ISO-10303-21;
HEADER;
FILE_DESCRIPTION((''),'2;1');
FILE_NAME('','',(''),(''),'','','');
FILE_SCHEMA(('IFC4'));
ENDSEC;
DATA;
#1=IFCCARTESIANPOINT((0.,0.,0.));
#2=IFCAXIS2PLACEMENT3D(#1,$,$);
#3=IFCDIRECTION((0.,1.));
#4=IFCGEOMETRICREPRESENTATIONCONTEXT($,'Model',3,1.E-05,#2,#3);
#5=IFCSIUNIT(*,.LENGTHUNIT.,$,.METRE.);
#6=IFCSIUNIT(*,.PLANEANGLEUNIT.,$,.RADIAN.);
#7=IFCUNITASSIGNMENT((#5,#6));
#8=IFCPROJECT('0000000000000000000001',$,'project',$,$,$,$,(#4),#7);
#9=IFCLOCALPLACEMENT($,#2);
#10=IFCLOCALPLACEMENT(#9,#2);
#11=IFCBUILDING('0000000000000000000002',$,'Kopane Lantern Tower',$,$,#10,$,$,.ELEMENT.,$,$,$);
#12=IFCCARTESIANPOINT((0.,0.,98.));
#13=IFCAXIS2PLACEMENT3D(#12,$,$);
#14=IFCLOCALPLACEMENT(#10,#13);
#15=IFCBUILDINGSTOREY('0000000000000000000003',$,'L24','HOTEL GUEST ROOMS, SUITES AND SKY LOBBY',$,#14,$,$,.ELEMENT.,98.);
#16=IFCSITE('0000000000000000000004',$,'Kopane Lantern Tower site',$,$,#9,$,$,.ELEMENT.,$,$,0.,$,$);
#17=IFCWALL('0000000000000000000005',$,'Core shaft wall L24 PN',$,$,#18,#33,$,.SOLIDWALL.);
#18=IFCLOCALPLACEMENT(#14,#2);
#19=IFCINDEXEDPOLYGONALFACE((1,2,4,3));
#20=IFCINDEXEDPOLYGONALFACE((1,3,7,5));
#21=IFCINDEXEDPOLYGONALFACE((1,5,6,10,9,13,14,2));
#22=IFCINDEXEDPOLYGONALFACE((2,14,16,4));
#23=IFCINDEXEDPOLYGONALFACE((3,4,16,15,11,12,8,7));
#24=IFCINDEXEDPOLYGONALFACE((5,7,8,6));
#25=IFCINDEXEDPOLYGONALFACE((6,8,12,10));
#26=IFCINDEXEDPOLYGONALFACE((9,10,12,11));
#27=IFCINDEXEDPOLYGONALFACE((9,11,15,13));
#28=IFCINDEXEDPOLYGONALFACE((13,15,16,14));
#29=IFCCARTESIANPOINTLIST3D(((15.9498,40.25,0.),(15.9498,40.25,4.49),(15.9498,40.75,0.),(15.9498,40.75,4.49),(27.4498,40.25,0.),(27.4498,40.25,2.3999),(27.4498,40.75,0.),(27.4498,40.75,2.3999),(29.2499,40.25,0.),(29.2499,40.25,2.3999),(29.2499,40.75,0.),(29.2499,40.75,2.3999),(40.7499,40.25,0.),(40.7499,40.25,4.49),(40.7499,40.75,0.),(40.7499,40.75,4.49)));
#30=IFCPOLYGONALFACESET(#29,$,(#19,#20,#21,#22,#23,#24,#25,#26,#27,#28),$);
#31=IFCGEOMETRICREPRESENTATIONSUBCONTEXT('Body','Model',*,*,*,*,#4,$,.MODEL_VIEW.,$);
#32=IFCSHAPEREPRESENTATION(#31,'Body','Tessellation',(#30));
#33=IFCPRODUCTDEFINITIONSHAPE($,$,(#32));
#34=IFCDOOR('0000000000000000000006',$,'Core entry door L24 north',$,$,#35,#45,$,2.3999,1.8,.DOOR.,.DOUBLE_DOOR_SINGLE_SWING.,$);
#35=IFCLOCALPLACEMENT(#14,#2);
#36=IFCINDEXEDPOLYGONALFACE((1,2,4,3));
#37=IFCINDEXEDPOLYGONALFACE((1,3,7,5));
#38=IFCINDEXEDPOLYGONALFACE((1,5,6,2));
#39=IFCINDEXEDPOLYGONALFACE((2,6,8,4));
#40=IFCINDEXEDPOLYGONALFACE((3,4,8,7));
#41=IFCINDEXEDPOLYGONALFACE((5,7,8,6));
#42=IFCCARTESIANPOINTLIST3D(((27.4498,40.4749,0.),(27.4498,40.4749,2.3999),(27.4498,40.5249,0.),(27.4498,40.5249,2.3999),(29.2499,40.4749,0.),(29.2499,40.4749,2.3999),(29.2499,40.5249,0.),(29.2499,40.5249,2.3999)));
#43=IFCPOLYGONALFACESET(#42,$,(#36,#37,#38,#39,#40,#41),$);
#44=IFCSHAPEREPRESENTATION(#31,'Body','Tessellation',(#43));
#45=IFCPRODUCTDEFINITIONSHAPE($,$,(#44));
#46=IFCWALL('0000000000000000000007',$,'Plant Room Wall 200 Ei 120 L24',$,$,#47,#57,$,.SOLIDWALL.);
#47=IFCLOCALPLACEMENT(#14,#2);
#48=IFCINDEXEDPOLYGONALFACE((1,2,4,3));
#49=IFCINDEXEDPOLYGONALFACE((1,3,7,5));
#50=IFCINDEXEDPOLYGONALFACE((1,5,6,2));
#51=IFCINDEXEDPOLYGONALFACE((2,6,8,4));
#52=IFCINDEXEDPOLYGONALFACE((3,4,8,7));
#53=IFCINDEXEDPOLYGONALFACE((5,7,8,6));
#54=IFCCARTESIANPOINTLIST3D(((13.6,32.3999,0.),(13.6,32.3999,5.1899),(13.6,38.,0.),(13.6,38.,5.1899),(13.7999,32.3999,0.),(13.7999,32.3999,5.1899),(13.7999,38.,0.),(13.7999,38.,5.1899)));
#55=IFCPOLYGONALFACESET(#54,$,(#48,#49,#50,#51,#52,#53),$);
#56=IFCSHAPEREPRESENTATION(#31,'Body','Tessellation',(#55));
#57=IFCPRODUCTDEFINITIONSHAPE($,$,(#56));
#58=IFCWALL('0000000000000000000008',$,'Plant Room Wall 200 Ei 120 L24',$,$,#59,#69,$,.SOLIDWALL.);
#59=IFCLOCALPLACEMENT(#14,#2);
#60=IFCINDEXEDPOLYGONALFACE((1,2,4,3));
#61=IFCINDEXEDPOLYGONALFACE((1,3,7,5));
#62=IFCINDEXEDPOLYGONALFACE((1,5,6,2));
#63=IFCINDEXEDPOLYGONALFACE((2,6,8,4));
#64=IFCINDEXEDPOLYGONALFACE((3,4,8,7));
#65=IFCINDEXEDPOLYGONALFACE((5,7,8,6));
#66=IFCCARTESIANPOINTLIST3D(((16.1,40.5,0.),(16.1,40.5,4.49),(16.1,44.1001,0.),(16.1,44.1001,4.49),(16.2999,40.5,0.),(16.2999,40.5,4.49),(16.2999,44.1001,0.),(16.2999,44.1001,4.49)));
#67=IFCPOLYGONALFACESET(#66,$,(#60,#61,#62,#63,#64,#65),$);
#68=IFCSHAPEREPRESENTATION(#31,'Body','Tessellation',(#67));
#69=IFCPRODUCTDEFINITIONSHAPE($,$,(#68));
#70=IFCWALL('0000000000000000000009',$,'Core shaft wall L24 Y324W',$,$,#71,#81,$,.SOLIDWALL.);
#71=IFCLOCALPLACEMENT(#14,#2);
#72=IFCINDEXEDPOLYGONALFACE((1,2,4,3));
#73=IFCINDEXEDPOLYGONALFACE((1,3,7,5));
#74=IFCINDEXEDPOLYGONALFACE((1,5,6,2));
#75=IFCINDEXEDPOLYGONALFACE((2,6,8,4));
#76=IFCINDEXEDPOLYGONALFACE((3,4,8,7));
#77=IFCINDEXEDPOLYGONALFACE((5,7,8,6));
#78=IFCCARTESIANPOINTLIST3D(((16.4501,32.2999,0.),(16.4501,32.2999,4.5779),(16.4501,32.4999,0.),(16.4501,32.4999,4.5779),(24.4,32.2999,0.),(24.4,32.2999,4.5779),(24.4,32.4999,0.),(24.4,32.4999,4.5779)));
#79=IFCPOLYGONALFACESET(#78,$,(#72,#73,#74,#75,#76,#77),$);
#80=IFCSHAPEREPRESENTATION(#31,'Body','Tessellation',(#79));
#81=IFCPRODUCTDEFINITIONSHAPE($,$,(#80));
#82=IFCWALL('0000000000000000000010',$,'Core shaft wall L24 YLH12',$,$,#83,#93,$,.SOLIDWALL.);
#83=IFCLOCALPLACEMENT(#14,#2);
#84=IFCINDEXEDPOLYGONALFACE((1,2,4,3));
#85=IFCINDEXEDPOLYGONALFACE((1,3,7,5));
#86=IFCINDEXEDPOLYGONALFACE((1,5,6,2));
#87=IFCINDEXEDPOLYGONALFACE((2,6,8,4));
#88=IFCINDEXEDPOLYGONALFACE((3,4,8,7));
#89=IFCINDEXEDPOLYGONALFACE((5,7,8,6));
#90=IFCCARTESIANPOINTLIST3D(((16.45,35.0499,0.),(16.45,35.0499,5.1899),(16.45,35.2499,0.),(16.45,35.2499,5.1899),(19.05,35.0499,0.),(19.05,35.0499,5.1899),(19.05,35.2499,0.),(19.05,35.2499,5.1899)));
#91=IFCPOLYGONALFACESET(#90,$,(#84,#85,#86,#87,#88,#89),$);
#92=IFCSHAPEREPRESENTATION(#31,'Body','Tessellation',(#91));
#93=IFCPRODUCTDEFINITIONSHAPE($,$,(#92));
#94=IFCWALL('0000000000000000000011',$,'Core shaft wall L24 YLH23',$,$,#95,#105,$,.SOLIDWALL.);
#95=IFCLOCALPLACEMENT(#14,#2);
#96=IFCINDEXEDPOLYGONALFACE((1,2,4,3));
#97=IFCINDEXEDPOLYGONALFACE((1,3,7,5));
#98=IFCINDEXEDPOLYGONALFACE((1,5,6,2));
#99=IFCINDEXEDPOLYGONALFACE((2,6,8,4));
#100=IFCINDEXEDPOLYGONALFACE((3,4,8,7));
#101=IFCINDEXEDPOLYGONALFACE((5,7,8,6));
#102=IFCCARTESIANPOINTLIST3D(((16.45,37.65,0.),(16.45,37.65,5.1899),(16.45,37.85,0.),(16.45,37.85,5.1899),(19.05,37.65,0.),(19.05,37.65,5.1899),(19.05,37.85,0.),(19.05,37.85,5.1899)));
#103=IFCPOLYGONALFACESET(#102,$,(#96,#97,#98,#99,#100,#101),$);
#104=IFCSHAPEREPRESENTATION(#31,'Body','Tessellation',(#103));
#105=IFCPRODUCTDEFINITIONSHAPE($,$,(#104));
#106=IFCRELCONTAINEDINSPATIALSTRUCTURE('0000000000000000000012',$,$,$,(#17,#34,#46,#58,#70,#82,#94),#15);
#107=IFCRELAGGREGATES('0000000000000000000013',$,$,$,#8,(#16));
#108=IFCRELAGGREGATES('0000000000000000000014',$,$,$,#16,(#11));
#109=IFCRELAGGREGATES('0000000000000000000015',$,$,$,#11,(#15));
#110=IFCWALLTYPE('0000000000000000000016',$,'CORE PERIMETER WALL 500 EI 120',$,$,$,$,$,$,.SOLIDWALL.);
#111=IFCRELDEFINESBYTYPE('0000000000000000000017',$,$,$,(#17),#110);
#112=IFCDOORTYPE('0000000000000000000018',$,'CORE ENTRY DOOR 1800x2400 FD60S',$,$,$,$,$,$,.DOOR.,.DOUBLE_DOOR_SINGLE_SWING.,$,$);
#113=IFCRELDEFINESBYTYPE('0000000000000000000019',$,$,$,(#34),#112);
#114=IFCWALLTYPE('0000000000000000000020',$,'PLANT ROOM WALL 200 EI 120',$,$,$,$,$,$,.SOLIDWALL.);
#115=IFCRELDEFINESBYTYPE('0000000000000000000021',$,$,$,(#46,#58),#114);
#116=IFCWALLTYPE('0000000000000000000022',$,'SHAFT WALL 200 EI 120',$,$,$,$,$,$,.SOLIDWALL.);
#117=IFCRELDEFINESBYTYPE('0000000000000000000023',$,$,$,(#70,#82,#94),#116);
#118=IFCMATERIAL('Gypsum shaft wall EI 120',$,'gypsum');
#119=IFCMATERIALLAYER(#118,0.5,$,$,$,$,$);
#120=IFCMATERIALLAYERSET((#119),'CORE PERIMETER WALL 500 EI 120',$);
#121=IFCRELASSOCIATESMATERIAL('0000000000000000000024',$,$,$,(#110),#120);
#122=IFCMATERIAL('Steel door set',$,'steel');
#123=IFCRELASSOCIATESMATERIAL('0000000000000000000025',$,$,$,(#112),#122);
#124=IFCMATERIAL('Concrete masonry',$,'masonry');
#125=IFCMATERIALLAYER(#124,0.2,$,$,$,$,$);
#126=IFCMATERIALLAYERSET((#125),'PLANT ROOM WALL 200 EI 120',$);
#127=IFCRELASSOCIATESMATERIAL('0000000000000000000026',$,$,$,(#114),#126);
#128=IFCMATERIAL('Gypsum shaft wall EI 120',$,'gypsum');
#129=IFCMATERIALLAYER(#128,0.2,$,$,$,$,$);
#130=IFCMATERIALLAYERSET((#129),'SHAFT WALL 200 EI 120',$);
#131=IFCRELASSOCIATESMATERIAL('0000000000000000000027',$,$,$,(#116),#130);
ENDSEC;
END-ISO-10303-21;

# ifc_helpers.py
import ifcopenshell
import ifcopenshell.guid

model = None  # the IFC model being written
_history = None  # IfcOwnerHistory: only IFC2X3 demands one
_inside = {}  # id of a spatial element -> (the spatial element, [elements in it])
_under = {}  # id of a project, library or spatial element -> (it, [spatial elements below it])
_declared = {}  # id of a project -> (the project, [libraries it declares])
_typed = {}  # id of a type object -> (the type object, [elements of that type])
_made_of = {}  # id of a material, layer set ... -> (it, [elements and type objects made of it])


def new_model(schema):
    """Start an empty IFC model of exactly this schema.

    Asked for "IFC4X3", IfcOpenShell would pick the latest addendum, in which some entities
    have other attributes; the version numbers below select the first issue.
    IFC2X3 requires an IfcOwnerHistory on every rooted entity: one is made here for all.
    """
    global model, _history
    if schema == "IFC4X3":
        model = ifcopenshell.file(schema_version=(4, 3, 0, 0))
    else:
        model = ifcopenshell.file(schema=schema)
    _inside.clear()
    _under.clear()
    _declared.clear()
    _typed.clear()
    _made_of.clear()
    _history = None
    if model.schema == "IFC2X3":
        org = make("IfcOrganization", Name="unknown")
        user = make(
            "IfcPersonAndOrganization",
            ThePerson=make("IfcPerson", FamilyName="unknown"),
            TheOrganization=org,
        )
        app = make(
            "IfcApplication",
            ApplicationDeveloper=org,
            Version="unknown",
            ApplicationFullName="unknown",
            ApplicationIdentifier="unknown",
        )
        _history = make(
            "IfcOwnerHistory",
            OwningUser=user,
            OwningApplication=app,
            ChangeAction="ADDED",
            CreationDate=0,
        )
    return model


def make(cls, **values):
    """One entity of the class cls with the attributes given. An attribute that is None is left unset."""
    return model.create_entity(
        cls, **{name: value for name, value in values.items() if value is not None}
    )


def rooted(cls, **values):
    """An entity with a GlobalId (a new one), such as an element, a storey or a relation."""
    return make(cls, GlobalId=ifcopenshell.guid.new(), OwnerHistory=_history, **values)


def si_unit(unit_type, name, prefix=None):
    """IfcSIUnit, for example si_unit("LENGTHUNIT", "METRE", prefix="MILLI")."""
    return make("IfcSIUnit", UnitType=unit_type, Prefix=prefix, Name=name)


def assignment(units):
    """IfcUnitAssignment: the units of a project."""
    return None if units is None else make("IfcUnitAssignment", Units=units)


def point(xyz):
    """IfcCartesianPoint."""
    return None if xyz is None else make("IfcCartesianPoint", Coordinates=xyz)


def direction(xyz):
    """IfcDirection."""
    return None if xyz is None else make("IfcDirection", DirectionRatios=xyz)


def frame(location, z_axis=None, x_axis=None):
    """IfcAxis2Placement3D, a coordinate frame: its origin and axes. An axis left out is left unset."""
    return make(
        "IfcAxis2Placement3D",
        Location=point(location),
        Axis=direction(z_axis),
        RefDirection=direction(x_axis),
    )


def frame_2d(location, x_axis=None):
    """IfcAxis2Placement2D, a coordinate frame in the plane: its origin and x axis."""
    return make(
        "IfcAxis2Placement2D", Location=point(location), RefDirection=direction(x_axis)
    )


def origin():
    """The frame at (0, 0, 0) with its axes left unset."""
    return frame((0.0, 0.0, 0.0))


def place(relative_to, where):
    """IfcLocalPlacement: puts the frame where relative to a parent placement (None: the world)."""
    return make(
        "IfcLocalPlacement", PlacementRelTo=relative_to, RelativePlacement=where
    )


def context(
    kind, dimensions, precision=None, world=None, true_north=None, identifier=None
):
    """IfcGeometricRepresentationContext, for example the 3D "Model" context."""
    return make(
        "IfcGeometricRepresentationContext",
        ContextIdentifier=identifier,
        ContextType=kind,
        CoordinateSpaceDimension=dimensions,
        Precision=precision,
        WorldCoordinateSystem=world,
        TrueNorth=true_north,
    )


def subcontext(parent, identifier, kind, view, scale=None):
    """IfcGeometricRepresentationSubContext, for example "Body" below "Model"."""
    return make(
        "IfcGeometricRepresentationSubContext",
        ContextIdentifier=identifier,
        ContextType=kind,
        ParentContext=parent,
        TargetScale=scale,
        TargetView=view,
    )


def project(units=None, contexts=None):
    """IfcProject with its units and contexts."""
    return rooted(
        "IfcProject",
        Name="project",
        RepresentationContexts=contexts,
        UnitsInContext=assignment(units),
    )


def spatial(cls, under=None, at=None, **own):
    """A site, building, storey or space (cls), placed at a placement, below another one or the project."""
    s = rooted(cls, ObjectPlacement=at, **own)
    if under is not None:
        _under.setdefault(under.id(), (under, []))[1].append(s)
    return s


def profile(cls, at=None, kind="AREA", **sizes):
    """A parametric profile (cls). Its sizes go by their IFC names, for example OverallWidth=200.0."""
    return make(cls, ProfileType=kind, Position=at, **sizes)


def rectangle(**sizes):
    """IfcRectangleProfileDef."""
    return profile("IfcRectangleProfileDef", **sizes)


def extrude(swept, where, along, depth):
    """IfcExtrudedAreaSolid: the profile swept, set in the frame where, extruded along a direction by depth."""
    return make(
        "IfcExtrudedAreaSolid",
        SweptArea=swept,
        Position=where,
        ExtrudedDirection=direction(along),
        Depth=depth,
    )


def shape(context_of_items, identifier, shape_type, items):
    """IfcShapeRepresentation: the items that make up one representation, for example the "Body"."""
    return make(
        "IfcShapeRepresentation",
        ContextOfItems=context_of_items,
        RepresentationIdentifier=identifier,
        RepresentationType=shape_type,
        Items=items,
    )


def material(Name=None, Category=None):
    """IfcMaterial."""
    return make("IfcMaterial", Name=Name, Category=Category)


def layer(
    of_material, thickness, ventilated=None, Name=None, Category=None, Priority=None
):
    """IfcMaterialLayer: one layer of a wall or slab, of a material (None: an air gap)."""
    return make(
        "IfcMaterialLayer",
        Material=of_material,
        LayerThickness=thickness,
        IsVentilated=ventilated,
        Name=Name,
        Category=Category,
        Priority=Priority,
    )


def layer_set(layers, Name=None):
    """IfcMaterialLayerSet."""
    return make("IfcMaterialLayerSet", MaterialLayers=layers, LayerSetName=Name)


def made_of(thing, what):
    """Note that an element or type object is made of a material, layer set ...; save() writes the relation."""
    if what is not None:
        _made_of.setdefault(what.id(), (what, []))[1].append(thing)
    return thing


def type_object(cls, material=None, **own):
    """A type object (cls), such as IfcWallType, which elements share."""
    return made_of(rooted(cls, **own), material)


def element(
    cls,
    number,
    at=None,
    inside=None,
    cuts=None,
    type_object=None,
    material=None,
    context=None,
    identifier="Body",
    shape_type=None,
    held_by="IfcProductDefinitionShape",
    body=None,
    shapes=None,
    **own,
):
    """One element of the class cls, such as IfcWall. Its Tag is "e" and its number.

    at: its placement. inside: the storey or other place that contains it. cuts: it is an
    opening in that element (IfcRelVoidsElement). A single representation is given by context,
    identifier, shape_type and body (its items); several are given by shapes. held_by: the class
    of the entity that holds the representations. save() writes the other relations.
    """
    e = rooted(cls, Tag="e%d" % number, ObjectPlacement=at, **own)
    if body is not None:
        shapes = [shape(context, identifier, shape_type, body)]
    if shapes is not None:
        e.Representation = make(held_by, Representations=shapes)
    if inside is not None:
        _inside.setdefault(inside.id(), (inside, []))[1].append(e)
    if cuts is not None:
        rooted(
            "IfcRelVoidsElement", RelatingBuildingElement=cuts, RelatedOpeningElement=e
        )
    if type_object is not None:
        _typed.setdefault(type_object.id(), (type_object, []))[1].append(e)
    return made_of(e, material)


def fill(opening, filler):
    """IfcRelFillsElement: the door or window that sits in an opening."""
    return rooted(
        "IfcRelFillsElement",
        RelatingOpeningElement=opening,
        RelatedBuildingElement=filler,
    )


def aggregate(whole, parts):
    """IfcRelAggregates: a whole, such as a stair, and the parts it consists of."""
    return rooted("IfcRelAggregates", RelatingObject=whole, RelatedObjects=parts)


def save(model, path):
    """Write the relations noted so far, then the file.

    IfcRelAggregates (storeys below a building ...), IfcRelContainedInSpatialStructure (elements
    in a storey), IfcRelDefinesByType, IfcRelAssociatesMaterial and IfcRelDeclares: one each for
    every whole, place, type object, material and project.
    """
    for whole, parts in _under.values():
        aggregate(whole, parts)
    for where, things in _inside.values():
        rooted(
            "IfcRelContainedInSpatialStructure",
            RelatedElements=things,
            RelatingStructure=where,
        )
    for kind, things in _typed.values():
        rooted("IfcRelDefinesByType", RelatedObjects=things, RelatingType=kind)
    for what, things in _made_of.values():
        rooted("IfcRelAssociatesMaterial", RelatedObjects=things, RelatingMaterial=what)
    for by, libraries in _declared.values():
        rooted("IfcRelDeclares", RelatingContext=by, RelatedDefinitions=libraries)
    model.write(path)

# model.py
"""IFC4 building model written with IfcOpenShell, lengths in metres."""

from ifc_helpers import new_model, si_unit, direction, frame, frame_2d, origin, place, context, subcontext, project, spatial, rectangle, extrude, material, layer, layer_set, type_object, element, fill, save


model = new_model("IFC4")

# Units and contexts
model_context = context("Model", 3, precision=1e-05, world=origin(), true_north=direction((0.0, 1.0)))
body_context = subcontext(model_context, "Body", "Model", "MODEL_VIEW")
ifc_project = project(units=[si_unit("LENGTHUNIT", "METRE"), si_unit("PLANEANGLEUNIT", "RADIAN")], contexts=[model_context])

# Site, building, storey
site_placement = place(None, origin())
site = spatial("IfcSite", under=ifc_project, at=site_placement, Name="Kopane Lantern Tower site", CompositionType="ELEMENT", RefElevation=0.0)
building_placement = place(site_placement, origin())
building = spatial("IfcBuilding", under=site, at=building_placement, Name="Kopane Lantern Tower", CompositionType="ELEMENT")
storey_placement = place(building_placement, frame((0.0, 0.0, 98.0)))
storey = spatial("IfcBuildingStorey", under=building, at=storey_placement, Name="L24", Description="HOTEL GUEST ROOMS, SUITES AND SKY LOBBY", CompositionType="ELEMENT", Elevation=98.0)

# Wall, opening, door
ifc_material_1 = material(Name="Gypsum shaft wall EI 120", Category="gypsum")
ifc_layer_1 = layer(ifc_material_1, 0.5)
ifc_layer_set_1 = layer_set([ifc_layer_1], Name="CORE PERIMETER WALL 500 EI 120")
wall_type_1 = type_object("IfcWallType", Name="CORE PERIMETER WALL 500 EI 120", PredefinedType="SOLIDWALL", material=ifc_layer_set_1)
wall_1_placement = place(storey_placement, frame((15.95, 40.5, 0.0), z_axis=(0.0, 0.0, 1.0), x_axis=(1.0, 0.0, 0.0)))
wall_1 = element("IfcWall", 1, at=wall_1_placement, inside=storey, type_object=wall_type_1, Name="Core shaft wall L24 PN", PredefinedType="SOLIDWALL", context=body_context, shape_type="SweptSolid", body=[
    extrude(rectangle(XDim=24.8, YDim=0.5, at=frame_2d((12.3999, 0.0))), origin(), (0.0, 0.0, 1.0), 4.49),
])
opening_1_placement = place(wall_1_placement, frame((11.5, 0.0, 0.0)))
opening_1 = element("IfcOpeningElement", 2, at=opening_1_placement, cuts=wall_1, PredefinedType="OPENING", context=body_context, shape_type="SweptSolid", body=[
    extrude(rectangle(XDim=1.8, YDim=2.3999, at=frame_2d((0.8999, 1.2))), frame((0.0, 0.26, 0.0), z_axis=(0.0, -1.0, 0.0), x_axis=(1.0, 0.0, 0.0)), (0.0, 0.0, 1.0), 0.52),
])
ifc_material_2 = material(Name="Steel door set", Category="steel")
door_type_1 = type_object("IfcDoorType", Name="CORE ENTRY DOOR 1800x2400 FD60S", OperationType="DOUBLE_DOOR_SINGLE_SWING", PredefinedType="DOOR", material=ifc_material_2)
door_1_placement = place(opening_1_placement, origin())
door_1 = element("IfcDoor", 3, at=door_1_placement, inside=storey, type_object=door_type_1, Name="Core entry door L24 north", OperationType="DOUBLE_DOOR_SINGLE_SWING", OverallHeight=2.3999, OverallWidth=1.8, PredefinedType="DOOR", context=body_context, shape_type="SweptSolid", body=[
    extrude(rectangle(XDim=1.8, YDim=2.3999, at=frame_2d((0.8999, 1.2))), frame((0.0, 0.0249, 0.0), z_axis=(0.0, -1.0, 0.0), x_axis=(1.0, 0.0, 0.0)), (0.0, 0.0, 1.0), 0.05),
])
fill(opening_1, door_1)

# Walls
ifc_material_3 = material(Name="Concrete masonry", Category="masonry")
ifc_layer_2 = layer(ifc_material_3, 0.2)
ifc_layer_set_2 = layer_set([ifc_layer_2], Name="PLANT ROOM WALL 200 EI 120")
wall_type_2 = type_object("IfcWallType", Name="PLANT ROOM WALL 200 EI 120", PredefinedType="SOLIDWALL", material=ifc_layer_set_2)
wall_2_placement = place(storey_placement, frame((13.7, 32.3999, 0.0), z_axis=(0.0, 0.0, 1.0), x_axis=(0.0, 1.0, 0.0)))
element("IfcWall", 4, at=wall_2_placement, inside=storey, type_object=wall_type_2, Name="Plant Room Wall 200 Ei 120 L24", PredefinedType="SOLIDWALL", context=body_context, shape_type="SweptSolid", body=[
    extrude(rectangle(XDim=5.6001, YDim=0.2, at=frame_2d((2.8, 0.0))), origin(), (0.0, 0.0, 1.0), 5.1899),
])
wall_3_placement = place(storey_placement, frame((16.2, 40.5, 0.0), z_axis=(0.0, 0.0, 1.0), x_axis=(0.0, 1.0, 0.0)))
element("IfcWall", 5, at=wall_3_placement, inside=storey, type_object=wall_type_2, Name="Plant Room Wall 200 Ei 120 L24", PredefinedType="SOLIDWALL", context=body_context, shape_type="SweptSolid", body=[
    extrude(rectangle(XDim=3.6001, YDim=0.2, at=frame_2d((1.8, 0.0))), origin(), (0.0, 0.0, 1.0), 4.49),
])
ifc_material_4 = material(Name="Gypsum shaft wall EI 120", Category="gypsum")
ifc_layer_3 = layer(ifc_material_4, 0.2)
ifc_layer_set_3 = layer_set([ifc_layer_3], Name="SHAFT WALL 200 EI 120")
wall_type_3 = type_object("IfcWallType", Name="SHAFT WALL 200 EI 120", PredefinedType="SOLIDWALL", material=ifc_layer_set_3)
wall_4_placement = place(storey_placement, frame((16.45, 32.3999, 0.0), z_axis=(0.0, 0.0, 1.0), x_axis=(1.0, 0.0, 0.0)))
element("IfcWall", 6, at=wall_4_placement, inside=storey, type_object=wall_type_3, Name="Core shaft wall L24 Y324W", PredefinedType="SOLIDWALL", context=body_context, shape_type="SweptSolid", body=[
    extrude(rectangle(XDim=7.95, YDim=0.2, at=frame_2d((3.9751, 0.0))), origin(), (0.0, 0.0, 1.0), 4.5779),
])
for number, where, z_axis, x_axis, name in (
    (7, (16.45, 35.1499, 0.0), (0.0, 0.0, 1.0), (1.0, 0.0, 0.0), "Core shaft wall L24 YLH12"),
    (8, (16.45, 37.75, 0.0), (0.0, 0.0, 1.0), (1.0, 0.0, 0.0), "Core shaft wall L24 YLH23"),
):
    element("IfcWall", number, at=place(storey_placement, frame(where, z_axis=z_axis, x_axis=x_axis)), inside=storey, type_object=wall_type_3, Name=name, PredefinedType="SOLIDWALL", context=body_context, shape_type="SweptSolid", body=[
        extrude(rectangle(XDim=2.6001, YDim=0.2, at=frame_2d((1.3, 0.0))), origin(), (0.0, 0.0, 1.0), 5.1899),
    ])

save(model, "model.ifc")
